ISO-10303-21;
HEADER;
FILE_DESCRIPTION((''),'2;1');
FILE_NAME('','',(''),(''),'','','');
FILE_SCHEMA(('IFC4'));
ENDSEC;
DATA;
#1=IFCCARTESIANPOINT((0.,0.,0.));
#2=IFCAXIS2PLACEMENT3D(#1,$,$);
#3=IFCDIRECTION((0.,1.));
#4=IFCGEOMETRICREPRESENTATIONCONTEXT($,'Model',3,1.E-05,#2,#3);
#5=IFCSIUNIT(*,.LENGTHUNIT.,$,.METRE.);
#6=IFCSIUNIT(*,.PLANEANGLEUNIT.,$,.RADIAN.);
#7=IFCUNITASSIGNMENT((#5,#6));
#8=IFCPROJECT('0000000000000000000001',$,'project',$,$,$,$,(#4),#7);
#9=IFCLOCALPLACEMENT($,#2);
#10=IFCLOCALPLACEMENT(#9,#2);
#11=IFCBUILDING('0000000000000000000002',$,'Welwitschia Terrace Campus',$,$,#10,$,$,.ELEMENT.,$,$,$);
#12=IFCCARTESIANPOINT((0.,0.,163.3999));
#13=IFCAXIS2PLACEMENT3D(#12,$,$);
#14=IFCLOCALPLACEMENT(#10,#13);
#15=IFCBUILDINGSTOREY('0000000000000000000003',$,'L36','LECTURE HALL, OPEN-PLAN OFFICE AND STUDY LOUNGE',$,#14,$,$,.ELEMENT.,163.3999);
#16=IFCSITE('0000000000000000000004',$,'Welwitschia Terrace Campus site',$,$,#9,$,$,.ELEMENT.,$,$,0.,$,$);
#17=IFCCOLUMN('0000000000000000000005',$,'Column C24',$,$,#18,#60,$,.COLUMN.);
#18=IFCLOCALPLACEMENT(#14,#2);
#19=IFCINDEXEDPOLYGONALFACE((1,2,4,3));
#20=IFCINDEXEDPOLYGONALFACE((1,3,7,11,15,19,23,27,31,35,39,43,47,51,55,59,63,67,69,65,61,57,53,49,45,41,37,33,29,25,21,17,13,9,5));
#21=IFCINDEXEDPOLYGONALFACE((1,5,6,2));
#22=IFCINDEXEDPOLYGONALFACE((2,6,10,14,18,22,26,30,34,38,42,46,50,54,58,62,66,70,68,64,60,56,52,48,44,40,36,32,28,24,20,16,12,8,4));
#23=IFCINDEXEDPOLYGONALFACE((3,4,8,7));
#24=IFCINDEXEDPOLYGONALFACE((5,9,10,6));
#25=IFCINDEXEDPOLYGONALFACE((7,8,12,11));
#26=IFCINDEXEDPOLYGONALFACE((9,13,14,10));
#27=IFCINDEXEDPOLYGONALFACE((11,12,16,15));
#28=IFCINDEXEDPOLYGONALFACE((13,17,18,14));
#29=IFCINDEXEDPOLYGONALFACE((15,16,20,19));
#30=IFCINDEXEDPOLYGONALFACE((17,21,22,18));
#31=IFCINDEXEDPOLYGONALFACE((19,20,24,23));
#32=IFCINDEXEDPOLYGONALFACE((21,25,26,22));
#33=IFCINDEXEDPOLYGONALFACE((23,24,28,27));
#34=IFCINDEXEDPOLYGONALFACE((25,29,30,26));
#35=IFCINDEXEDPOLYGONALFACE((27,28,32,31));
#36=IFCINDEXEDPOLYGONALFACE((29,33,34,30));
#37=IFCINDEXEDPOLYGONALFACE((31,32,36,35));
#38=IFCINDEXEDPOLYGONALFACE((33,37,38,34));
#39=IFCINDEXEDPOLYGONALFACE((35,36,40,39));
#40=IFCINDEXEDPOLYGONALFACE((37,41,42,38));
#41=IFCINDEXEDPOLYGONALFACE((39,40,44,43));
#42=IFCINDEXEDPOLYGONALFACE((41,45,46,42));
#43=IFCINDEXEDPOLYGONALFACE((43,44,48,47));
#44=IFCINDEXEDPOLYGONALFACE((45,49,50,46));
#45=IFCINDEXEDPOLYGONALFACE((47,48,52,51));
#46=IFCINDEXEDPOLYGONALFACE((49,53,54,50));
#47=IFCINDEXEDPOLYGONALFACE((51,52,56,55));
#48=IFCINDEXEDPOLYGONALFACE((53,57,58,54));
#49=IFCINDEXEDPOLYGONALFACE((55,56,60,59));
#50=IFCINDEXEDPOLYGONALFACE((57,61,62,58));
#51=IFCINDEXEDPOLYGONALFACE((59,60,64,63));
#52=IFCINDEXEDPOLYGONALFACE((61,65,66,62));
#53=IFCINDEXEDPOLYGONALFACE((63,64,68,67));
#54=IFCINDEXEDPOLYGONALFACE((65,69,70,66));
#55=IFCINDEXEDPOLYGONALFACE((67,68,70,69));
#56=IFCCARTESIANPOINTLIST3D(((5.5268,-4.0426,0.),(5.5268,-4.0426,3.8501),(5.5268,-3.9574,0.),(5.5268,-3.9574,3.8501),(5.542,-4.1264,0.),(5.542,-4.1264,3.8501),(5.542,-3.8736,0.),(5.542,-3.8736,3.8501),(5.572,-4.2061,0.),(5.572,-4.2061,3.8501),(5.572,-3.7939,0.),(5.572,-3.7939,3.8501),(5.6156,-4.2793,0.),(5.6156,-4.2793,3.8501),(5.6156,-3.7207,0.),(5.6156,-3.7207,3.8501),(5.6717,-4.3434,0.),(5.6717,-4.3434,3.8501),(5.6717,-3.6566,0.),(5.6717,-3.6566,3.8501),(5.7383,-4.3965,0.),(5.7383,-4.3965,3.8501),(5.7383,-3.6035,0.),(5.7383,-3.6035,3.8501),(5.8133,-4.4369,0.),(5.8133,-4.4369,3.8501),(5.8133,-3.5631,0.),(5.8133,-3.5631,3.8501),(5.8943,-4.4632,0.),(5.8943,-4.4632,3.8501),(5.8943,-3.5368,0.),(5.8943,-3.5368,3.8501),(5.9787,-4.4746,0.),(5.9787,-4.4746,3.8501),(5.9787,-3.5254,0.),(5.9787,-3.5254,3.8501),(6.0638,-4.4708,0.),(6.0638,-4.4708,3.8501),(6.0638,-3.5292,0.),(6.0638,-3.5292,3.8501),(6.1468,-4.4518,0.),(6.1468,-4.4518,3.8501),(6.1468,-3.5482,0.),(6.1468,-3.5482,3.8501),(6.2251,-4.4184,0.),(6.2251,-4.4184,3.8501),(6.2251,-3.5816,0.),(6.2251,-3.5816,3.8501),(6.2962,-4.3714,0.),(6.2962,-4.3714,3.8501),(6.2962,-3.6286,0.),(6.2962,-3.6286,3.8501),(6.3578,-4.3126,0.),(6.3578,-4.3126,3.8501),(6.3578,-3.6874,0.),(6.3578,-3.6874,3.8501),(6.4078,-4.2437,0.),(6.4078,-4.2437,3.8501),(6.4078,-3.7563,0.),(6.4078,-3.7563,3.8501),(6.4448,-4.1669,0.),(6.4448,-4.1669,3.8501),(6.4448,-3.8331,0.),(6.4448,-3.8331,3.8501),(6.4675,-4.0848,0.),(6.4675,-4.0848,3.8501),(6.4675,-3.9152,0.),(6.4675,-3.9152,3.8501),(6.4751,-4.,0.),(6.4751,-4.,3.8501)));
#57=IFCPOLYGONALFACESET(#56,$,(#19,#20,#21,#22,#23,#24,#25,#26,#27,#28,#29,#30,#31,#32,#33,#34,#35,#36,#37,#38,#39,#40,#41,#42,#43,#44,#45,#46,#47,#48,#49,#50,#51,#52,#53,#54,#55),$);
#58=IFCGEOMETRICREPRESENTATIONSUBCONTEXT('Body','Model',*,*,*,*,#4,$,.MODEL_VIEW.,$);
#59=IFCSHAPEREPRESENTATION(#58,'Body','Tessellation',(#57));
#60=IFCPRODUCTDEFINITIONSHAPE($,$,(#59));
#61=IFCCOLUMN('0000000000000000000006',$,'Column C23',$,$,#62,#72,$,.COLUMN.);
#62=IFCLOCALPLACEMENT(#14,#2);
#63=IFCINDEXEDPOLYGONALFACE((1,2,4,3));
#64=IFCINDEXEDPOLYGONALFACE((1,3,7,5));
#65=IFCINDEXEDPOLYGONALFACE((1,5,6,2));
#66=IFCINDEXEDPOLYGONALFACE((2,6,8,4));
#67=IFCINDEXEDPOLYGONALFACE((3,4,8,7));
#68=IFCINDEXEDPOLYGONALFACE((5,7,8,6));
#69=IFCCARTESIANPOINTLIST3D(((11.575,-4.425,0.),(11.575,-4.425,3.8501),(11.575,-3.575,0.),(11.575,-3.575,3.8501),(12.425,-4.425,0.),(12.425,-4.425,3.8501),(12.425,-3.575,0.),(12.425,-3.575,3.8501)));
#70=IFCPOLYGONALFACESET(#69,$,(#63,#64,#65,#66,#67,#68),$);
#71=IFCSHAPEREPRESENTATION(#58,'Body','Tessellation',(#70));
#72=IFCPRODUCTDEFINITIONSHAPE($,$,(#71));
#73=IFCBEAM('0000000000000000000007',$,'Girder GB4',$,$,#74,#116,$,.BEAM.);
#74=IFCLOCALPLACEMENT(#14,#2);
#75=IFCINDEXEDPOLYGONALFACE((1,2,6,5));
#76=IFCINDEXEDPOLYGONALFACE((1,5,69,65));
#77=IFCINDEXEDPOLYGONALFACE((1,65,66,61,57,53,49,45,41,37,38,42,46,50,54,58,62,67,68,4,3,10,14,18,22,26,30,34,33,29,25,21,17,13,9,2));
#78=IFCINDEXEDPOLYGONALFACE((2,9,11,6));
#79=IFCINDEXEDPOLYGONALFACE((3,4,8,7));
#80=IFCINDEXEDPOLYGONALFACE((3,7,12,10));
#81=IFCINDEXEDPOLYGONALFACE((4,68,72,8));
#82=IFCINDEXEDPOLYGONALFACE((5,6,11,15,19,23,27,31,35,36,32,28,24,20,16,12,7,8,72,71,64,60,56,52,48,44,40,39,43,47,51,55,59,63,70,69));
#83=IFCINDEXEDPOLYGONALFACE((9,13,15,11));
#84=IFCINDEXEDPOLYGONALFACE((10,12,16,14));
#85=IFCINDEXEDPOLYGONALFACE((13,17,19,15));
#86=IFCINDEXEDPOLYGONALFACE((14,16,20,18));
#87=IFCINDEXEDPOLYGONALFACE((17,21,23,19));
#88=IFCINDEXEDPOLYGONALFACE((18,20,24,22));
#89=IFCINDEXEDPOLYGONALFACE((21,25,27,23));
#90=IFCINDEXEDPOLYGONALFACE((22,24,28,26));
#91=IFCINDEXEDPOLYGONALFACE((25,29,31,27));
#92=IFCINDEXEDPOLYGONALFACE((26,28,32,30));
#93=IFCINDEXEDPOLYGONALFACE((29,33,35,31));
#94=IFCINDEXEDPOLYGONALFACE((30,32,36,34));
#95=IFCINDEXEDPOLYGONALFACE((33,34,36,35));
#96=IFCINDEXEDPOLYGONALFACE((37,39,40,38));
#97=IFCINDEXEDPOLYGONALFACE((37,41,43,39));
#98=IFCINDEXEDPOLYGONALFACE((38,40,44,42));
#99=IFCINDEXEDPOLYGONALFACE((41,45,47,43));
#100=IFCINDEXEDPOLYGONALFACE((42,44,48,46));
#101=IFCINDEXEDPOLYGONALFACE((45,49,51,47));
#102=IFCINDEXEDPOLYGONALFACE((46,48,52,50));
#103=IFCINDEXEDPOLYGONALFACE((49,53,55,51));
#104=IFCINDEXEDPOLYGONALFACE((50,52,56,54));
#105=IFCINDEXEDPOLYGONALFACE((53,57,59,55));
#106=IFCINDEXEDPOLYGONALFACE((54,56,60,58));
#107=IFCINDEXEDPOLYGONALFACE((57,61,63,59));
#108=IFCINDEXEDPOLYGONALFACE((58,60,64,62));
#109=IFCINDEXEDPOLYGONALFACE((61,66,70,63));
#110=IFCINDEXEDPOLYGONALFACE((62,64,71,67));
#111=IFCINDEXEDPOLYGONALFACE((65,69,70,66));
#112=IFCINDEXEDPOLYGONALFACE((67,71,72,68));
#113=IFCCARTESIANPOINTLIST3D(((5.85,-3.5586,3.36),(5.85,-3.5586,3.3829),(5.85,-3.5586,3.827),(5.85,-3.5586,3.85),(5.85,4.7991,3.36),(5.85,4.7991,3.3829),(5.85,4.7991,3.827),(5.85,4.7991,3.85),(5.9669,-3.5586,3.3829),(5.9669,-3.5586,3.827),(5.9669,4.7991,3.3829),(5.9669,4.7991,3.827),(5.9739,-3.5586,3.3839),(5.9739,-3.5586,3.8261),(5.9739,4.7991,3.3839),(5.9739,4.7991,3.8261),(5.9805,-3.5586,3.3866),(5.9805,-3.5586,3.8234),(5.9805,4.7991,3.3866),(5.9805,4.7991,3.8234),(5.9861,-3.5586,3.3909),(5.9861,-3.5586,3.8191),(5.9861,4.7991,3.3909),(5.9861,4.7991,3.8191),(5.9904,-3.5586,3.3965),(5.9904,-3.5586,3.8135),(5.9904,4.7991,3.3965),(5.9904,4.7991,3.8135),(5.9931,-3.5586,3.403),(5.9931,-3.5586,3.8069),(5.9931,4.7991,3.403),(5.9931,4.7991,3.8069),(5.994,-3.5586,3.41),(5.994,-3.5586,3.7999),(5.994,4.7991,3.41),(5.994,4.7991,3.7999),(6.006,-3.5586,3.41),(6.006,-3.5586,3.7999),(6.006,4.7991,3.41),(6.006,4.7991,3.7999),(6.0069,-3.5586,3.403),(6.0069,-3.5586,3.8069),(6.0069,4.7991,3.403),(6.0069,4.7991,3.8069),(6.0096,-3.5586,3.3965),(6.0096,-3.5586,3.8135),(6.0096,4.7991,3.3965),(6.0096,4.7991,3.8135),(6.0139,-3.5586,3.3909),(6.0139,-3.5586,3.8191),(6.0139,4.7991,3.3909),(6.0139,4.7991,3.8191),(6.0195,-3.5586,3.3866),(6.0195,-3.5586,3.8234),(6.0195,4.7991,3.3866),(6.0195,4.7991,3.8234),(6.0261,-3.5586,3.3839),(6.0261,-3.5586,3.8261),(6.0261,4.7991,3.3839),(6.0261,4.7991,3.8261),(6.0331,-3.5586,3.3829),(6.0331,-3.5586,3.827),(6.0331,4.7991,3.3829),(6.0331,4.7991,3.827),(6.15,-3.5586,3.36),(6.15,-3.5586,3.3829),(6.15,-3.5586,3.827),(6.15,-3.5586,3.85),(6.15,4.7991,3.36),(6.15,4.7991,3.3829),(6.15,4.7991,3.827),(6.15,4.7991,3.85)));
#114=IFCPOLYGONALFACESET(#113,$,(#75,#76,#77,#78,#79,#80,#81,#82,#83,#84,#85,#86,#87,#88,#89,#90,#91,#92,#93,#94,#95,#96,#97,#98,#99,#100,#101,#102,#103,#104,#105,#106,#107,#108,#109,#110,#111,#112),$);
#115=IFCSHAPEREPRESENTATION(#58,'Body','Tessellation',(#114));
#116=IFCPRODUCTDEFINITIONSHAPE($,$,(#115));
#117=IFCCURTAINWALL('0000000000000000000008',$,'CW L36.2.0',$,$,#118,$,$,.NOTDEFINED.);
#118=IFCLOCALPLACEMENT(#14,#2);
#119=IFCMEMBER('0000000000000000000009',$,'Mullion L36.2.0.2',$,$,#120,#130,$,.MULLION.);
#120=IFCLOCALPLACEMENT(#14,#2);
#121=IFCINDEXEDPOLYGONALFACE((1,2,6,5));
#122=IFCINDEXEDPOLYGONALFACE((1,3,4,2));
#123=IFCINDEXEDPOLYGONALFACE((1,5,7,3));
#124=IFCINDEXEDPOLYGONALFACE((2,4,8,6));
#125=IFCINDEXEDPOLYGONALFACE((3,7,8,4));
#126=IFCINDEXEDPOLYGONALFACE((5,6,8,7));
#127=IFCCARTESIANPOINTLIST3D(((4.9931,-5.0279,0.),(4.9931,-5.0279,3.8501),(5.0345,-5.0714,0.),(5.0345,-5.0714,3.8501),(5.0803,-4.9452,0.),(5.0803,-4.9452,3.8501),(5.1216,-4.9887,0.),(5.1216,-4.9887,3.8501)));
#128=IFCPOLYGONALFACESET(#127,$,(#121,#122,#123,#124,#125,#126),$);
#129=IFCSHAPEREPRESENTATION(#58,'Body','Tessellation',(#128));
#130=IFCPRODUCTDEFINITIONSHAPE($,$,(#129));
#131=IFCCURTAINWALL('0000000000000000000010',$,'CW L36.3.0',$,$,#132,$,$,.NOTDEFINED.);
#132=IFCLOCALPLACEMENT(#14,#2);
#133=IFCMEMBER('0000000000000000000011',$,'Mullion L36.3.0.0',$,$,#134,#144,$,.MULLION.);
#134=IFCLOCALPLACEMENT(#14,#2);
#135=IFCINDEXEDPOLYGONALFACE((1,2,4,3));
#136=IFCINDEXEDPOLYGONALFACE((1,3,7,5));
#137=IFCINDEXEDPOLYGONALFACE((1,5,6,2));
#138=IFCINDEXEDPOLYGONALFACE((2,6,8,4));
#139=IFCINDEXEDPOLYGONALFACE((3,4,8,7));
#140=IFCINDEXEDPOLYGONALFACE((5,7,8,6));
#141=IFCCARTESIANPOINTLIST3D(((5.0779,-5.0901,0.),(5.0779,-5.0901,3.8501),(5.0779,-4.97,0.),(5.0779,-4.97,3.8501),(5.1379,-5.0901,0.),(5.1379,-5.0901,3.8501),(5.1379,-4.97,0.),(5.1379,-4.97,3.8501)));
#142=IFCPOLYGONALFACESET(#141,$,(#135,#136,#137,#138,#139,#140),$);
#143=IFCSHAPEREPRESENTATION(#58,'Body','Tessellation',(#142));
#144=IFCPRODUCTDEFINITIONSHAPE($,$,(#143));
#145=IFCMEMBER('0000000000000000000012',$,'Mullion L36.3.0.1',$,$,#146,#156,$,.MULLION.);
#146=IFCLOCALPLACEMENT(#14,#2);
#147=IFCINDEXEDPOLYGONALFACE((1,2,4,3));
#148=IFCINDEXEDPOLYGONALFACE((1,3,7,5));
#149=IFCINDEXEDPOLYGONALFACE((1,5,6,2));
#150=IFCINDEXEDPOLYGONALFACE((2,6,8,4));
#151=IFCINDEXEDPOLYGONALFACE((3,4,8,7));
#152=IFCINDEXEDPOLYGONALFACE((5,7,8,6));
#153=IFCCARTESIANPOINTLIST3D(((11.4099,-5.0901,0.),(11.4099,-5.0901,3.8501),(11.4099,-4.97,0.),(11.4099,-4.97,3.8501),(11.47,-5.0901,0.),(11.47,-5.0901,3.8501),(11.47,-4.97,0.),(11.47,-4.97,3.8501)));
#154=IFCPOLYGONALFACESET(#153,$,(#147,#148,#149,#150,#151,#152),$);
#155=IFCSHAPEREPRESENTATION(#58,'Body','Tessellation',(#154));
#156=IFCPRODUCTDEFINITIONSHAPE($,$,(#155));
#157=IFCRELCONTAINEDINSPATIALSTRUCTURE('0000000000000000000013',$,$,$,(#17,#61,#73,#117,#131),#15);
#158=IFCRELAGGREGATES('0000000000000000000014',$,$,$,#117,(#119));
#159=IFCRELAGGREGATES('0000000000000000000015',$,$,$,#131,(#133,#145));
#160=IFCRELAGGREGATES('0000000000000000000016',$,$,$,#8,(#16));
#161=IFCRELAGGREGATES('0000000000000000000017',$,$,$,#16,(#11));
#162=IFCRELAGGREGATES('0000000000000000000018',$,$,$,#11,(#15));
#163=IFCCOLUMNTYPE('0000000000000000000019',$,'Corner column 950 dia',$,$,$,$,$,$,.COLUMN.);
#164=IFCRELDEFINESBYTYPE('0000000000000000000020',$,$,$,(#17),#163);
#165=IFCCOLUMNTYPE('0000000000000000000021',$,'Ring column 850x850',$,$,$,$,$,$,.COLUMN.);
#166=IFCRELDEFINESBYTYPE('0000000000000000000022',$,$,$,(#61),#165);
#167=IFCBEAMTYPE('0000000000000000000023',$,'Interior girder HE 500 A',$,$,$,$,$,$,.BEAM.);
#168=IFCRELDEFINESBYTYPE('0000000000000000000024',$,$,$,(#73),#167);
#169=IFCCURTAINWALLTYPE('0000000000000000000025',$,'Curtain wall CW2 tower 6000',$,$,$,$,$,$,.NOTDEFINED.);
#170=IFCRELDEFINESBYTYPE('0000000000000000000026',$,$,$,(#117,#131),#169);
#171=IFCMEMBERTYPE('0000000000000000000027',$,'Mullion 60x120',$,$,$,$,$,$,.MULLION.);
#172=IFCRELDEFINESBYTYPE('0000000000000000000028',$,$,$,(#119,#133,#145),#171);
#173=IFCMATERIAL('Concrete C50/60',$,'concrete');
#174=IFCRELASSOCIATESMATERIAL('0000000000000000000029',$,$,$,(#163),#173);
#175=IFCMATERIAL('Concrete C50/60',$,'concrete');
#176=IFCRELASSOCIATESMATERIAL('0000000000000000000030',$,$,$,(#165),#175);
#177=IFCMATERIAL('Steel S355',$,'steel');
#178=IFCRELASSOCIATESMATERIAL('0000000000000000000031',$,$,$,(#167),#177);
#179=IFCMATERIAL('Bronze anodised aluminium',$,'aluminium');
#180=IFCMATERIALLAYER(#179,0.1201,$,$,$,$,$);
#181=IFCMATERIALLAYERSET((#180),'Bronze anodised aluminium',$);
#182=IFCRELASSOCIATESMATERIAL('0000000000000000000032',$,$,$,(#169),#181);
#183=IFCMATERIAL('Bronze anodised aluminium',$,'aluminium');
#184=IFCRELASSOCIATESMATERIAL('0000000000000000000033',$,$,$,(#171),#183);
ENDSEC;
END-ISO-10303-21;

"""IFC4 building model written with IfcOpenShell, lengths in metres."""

from ifc_helpers import new_model, si_unit, direction, frame, origin, origin_2d, place, context, subcontext, project, spatial, rectangle, circle, i_section, extrude, material, layer, layer_set, material_profile, profile_set, type_object, element, aggregate, save


model = new_model("IFC4")

# Units and contexts
model_context = context("Model", 3, precision=1e-05, world=origin(), true_north=direction((0.0, 1.0)))
body_context = subcontext(model_context, "Body", "Model", "MODEL_VIEW")
ifc_project = project(units=[si_unit("LENGTHUNIT", "METRE"), si_unit("PLANEANGLEUNIT", "RADIAN")], contexts=[model_context])

# Site, building, storey
site_placement = place(None, origin())
site = spatial("IfcSite", under=ifc_project, at=site_placement, Name="Welwitschia Terrace Campus site", CompositionType="ELEMENT", RefElevation=0.0)
building_placement = place(site_placement, origin())
building = spatial("IfcBuilding", under=site, at=building_placement, Name="Welwitschia Terrace Campus", CompositionType="ELEMENT")
storey_placement = place(building_placement, frame((0.0, 0.0, 163.3999)))
storey = spatial("IfcBuildingStorey", under=building, at=storey_placement, Name="L36", Description="LECTURE HALL, OPEN-PLAN OFFICE AND STUDY LOUNGE", CompositionType="ELEMENT", Elevation=163.3999)

# Columns
ifc_material_1 = material(Name="Concrete C50/60", Category="concrete")
ifc_material_profile_1 = material_profile(ifc_material_1, circle(Radius=0.4751, at=origin_2d()))
ifc_profile_set_1 = profile_set([ifc_material_profile_1], Name="Concrete C50/60")
column_type_1 = type_object("IfcColumnType", Name="Corner column 950 dia", PredefinedType="COLUMN", material=ifc_profile_set_1)
column_1_placement = place(storey_placement, frame((6.0, -4.0, 0.0), z_axis=(0.0, 0.0, 1.0), x_axis=(1.0, 0.0, 0.0)))
element("IfcColumn", 1, at=column_1_placement, inside=storey, type_object=column_type_1, Name="Column C24", PredefinedType="COLUMN", context=body_context, shape_type="SweptSolid", body=[
    extrude(circle(Radius=0.4751, at=origin_2d()), origin(), (0.0, 0.0, 1.0), 3.8501),
])
ifc_material_2 = material(Name="Concrete C50/60", Category="concrete")
ifc_material_profile_2 = material_profile(ifc_material_2, rectangle(XDim=0.8501, YDim=0.8501, at=origin_2d()))
ifc_profile_set_2 = profile_set([ifc_material_profile_2], Name="Concrete C50/60")
column_type_2 = type_object("IfcColumnType", Name="Ring column 850x850", PredefinedType="COLUMN", material=ifc_profile_set_2)
column_2_placement = place(storey_placement, frame((12.0, -4.0, 0.0), z_axis=(0.0, 0.0, 1.0), x_axis=(1.0, 0.0, 0.0)))
element("IfcColumn", 2, at=column_2_placement, inside=storey, type_object=column_type_2, Name="Column C23", PredefinedType="COLUMN", context=body_context, shape_type="SweptSolid", body=[
    extrude(rectangle(XDim=0.8501, YDim=0.8501, at=origin_2d()), origin(), (0.0, 0.0, 1.0), 3.8501),
])

# Beam
ifc_material_3 = material(Name="Steel S355", Category="steel")
ifc_material_profile_3 = material_profile(ifc_material_3, i_section(OverallWidth=0.3, OverallDepth=0.49, WebThickness=0.012, FlangeThickness=0.0229, FilletRadius=0.0271, at=origin_2d()))
ifc_profile_set_3 = profile_set([ifc_material_profile_3], Name="Steel S355")
beam_type_1 = type_object("IfcBeamType", Name="Interior girder HE 500 A", PredefinedType="BEAM", material=ifc_profile_set_3)
beam_1_placement = place(storey_placement, frame((6.0, -3.5586, 3.605), z_axis=(0.0, 1.0, 0.0), x_axis=(-1.0, 0.0, 0.0)))
element("IfcBeam", 3, at=beam_1_placement, inside=storey, type_object=beam_type_1, Name="Girder GB4", PredefinedType="BEAM", context=body_context, shape_type="SweptSolid", body=[
    extrude(i_section(OverallWidth=0.3, OverallDepth=0.49, WebThickness=0.012, FlangeThickness=0.0229, FilletRadius=0.0271, at=origin_2d()), origin(), (0.0, 0.0, 1.0), 8.3577),
])

# Curtain wall, member
ifc_material_4 = material(Name="Bronze anodised aluminium", Category="aluminium")
ifc_layer_1 = layer(ifc_material_4, 0.1201)
ifc_layer_set_1 = layer_set([ifc_layer_1], Name="Bronze anodised aluminium")
curtain_wall_type = type_object("IfcCurtainWallType", Name="Curtain wall CW2 tower 6000", PredefinedType="NOTDEFINED", material=ifc_layer_set_1)
curtain_wall_1_placement = place(storey_placement, origin())
curtain_wall_1 = element("IfcCurtainWall", 4, at=curtain_wall_1_placement, inside=storey, type_object=curtain_wall_type, Name="CW L36.2.0", PredefinedType="NOTDEFINED")
ifc_material_5 = material(Name="Bronze anodised aluminium", Category="aluminium")
ifc_material_profile_4 = material_profile(ifc_material_5, rectangle(XDim=0.1201, YDim=0.0601, at=origin_2d()))
ifc_profile_set_4 = profile_set([ifc_material_profile_4], Name="Bronze anodised aluminium")
member_type_1 = type_object("IfcMemberType", Name="Mullion 60x120", PredefinedType="MULLION", material=ifc_profile_set_4)
member_1_placement = place(storey_placement, frame((5.0574, -5.0083, 0.0), z_axis=(0.0, 0.0, 1.0), x_axis=(0.725374, 0.688355, 0.0)))
member_1 = element("IfcMember", 5, at=member_1_placement, type_object=member_type_1, Name="Mullion L36.2.0.2", PredefinedType="MULLION", context=body_context, shape_type="SweptSolid", body=[
    extrude(rectangle(XDim=0.1201, YDim=0.0601, at=origin_2d()), origin(), (0.0, 0.0, 1.0), 3.8501),
])

# Curtain wall, members
curtain_wall_2_placement = place(storey_placement, origin())
curtain_wall_2 = element("IfcCurtainWall", 6, at=curtain_wall_2_placement, inside=storey, type_object=curtain_wall_type, Name="CW L36.3.0", PredefinedType="NOTDEFINED")
member_2_placement = place(storey_placement, frame((5.1079, -5.03, 0.0), z_axis=(0.0, 0.0, 1.0), x_axis=(0.0, 1.0, 0.0)))
member_2 = element("IfcMember", 7, at=member_2_placement, type_object=member_type_1, Name="Mullion L36.3.0.0", PredefinedType="MULLION", context=body_context, shape_type="SweptSolid", body=[
    extrude(rectangle(XDim=0.1201, YDim=0.0601, at=origin_2d()), origin(), (0.0, 0.0, 1.0), 3.8501),
])
member_3_placement = place(storey_placement, frame((11.4399, -5.03, 0.0), z_axis=(0.0, 0.0, 1.0), x_axis=(0.0, 1.0, 0.0)))
member_3 = element("IfcMember", 8, at=member_3_placement, type_object=member_type_1, Name="Mullion L36.3.0.1", PredefinedType="MULLION", context=body_context, shape_type="SweptSolid", body=[
    extrude(rectangle(XDim=0.1201, YDim=0.0601, at=origin_2d()), origin(), (0.0, 0.0, 1.0), 3.8501),
])

aggregate(curtain_wall_1, [member_1])
aggregate(curtain_wall_2, [member_2, member_3])

save(model, "model.ifc")
